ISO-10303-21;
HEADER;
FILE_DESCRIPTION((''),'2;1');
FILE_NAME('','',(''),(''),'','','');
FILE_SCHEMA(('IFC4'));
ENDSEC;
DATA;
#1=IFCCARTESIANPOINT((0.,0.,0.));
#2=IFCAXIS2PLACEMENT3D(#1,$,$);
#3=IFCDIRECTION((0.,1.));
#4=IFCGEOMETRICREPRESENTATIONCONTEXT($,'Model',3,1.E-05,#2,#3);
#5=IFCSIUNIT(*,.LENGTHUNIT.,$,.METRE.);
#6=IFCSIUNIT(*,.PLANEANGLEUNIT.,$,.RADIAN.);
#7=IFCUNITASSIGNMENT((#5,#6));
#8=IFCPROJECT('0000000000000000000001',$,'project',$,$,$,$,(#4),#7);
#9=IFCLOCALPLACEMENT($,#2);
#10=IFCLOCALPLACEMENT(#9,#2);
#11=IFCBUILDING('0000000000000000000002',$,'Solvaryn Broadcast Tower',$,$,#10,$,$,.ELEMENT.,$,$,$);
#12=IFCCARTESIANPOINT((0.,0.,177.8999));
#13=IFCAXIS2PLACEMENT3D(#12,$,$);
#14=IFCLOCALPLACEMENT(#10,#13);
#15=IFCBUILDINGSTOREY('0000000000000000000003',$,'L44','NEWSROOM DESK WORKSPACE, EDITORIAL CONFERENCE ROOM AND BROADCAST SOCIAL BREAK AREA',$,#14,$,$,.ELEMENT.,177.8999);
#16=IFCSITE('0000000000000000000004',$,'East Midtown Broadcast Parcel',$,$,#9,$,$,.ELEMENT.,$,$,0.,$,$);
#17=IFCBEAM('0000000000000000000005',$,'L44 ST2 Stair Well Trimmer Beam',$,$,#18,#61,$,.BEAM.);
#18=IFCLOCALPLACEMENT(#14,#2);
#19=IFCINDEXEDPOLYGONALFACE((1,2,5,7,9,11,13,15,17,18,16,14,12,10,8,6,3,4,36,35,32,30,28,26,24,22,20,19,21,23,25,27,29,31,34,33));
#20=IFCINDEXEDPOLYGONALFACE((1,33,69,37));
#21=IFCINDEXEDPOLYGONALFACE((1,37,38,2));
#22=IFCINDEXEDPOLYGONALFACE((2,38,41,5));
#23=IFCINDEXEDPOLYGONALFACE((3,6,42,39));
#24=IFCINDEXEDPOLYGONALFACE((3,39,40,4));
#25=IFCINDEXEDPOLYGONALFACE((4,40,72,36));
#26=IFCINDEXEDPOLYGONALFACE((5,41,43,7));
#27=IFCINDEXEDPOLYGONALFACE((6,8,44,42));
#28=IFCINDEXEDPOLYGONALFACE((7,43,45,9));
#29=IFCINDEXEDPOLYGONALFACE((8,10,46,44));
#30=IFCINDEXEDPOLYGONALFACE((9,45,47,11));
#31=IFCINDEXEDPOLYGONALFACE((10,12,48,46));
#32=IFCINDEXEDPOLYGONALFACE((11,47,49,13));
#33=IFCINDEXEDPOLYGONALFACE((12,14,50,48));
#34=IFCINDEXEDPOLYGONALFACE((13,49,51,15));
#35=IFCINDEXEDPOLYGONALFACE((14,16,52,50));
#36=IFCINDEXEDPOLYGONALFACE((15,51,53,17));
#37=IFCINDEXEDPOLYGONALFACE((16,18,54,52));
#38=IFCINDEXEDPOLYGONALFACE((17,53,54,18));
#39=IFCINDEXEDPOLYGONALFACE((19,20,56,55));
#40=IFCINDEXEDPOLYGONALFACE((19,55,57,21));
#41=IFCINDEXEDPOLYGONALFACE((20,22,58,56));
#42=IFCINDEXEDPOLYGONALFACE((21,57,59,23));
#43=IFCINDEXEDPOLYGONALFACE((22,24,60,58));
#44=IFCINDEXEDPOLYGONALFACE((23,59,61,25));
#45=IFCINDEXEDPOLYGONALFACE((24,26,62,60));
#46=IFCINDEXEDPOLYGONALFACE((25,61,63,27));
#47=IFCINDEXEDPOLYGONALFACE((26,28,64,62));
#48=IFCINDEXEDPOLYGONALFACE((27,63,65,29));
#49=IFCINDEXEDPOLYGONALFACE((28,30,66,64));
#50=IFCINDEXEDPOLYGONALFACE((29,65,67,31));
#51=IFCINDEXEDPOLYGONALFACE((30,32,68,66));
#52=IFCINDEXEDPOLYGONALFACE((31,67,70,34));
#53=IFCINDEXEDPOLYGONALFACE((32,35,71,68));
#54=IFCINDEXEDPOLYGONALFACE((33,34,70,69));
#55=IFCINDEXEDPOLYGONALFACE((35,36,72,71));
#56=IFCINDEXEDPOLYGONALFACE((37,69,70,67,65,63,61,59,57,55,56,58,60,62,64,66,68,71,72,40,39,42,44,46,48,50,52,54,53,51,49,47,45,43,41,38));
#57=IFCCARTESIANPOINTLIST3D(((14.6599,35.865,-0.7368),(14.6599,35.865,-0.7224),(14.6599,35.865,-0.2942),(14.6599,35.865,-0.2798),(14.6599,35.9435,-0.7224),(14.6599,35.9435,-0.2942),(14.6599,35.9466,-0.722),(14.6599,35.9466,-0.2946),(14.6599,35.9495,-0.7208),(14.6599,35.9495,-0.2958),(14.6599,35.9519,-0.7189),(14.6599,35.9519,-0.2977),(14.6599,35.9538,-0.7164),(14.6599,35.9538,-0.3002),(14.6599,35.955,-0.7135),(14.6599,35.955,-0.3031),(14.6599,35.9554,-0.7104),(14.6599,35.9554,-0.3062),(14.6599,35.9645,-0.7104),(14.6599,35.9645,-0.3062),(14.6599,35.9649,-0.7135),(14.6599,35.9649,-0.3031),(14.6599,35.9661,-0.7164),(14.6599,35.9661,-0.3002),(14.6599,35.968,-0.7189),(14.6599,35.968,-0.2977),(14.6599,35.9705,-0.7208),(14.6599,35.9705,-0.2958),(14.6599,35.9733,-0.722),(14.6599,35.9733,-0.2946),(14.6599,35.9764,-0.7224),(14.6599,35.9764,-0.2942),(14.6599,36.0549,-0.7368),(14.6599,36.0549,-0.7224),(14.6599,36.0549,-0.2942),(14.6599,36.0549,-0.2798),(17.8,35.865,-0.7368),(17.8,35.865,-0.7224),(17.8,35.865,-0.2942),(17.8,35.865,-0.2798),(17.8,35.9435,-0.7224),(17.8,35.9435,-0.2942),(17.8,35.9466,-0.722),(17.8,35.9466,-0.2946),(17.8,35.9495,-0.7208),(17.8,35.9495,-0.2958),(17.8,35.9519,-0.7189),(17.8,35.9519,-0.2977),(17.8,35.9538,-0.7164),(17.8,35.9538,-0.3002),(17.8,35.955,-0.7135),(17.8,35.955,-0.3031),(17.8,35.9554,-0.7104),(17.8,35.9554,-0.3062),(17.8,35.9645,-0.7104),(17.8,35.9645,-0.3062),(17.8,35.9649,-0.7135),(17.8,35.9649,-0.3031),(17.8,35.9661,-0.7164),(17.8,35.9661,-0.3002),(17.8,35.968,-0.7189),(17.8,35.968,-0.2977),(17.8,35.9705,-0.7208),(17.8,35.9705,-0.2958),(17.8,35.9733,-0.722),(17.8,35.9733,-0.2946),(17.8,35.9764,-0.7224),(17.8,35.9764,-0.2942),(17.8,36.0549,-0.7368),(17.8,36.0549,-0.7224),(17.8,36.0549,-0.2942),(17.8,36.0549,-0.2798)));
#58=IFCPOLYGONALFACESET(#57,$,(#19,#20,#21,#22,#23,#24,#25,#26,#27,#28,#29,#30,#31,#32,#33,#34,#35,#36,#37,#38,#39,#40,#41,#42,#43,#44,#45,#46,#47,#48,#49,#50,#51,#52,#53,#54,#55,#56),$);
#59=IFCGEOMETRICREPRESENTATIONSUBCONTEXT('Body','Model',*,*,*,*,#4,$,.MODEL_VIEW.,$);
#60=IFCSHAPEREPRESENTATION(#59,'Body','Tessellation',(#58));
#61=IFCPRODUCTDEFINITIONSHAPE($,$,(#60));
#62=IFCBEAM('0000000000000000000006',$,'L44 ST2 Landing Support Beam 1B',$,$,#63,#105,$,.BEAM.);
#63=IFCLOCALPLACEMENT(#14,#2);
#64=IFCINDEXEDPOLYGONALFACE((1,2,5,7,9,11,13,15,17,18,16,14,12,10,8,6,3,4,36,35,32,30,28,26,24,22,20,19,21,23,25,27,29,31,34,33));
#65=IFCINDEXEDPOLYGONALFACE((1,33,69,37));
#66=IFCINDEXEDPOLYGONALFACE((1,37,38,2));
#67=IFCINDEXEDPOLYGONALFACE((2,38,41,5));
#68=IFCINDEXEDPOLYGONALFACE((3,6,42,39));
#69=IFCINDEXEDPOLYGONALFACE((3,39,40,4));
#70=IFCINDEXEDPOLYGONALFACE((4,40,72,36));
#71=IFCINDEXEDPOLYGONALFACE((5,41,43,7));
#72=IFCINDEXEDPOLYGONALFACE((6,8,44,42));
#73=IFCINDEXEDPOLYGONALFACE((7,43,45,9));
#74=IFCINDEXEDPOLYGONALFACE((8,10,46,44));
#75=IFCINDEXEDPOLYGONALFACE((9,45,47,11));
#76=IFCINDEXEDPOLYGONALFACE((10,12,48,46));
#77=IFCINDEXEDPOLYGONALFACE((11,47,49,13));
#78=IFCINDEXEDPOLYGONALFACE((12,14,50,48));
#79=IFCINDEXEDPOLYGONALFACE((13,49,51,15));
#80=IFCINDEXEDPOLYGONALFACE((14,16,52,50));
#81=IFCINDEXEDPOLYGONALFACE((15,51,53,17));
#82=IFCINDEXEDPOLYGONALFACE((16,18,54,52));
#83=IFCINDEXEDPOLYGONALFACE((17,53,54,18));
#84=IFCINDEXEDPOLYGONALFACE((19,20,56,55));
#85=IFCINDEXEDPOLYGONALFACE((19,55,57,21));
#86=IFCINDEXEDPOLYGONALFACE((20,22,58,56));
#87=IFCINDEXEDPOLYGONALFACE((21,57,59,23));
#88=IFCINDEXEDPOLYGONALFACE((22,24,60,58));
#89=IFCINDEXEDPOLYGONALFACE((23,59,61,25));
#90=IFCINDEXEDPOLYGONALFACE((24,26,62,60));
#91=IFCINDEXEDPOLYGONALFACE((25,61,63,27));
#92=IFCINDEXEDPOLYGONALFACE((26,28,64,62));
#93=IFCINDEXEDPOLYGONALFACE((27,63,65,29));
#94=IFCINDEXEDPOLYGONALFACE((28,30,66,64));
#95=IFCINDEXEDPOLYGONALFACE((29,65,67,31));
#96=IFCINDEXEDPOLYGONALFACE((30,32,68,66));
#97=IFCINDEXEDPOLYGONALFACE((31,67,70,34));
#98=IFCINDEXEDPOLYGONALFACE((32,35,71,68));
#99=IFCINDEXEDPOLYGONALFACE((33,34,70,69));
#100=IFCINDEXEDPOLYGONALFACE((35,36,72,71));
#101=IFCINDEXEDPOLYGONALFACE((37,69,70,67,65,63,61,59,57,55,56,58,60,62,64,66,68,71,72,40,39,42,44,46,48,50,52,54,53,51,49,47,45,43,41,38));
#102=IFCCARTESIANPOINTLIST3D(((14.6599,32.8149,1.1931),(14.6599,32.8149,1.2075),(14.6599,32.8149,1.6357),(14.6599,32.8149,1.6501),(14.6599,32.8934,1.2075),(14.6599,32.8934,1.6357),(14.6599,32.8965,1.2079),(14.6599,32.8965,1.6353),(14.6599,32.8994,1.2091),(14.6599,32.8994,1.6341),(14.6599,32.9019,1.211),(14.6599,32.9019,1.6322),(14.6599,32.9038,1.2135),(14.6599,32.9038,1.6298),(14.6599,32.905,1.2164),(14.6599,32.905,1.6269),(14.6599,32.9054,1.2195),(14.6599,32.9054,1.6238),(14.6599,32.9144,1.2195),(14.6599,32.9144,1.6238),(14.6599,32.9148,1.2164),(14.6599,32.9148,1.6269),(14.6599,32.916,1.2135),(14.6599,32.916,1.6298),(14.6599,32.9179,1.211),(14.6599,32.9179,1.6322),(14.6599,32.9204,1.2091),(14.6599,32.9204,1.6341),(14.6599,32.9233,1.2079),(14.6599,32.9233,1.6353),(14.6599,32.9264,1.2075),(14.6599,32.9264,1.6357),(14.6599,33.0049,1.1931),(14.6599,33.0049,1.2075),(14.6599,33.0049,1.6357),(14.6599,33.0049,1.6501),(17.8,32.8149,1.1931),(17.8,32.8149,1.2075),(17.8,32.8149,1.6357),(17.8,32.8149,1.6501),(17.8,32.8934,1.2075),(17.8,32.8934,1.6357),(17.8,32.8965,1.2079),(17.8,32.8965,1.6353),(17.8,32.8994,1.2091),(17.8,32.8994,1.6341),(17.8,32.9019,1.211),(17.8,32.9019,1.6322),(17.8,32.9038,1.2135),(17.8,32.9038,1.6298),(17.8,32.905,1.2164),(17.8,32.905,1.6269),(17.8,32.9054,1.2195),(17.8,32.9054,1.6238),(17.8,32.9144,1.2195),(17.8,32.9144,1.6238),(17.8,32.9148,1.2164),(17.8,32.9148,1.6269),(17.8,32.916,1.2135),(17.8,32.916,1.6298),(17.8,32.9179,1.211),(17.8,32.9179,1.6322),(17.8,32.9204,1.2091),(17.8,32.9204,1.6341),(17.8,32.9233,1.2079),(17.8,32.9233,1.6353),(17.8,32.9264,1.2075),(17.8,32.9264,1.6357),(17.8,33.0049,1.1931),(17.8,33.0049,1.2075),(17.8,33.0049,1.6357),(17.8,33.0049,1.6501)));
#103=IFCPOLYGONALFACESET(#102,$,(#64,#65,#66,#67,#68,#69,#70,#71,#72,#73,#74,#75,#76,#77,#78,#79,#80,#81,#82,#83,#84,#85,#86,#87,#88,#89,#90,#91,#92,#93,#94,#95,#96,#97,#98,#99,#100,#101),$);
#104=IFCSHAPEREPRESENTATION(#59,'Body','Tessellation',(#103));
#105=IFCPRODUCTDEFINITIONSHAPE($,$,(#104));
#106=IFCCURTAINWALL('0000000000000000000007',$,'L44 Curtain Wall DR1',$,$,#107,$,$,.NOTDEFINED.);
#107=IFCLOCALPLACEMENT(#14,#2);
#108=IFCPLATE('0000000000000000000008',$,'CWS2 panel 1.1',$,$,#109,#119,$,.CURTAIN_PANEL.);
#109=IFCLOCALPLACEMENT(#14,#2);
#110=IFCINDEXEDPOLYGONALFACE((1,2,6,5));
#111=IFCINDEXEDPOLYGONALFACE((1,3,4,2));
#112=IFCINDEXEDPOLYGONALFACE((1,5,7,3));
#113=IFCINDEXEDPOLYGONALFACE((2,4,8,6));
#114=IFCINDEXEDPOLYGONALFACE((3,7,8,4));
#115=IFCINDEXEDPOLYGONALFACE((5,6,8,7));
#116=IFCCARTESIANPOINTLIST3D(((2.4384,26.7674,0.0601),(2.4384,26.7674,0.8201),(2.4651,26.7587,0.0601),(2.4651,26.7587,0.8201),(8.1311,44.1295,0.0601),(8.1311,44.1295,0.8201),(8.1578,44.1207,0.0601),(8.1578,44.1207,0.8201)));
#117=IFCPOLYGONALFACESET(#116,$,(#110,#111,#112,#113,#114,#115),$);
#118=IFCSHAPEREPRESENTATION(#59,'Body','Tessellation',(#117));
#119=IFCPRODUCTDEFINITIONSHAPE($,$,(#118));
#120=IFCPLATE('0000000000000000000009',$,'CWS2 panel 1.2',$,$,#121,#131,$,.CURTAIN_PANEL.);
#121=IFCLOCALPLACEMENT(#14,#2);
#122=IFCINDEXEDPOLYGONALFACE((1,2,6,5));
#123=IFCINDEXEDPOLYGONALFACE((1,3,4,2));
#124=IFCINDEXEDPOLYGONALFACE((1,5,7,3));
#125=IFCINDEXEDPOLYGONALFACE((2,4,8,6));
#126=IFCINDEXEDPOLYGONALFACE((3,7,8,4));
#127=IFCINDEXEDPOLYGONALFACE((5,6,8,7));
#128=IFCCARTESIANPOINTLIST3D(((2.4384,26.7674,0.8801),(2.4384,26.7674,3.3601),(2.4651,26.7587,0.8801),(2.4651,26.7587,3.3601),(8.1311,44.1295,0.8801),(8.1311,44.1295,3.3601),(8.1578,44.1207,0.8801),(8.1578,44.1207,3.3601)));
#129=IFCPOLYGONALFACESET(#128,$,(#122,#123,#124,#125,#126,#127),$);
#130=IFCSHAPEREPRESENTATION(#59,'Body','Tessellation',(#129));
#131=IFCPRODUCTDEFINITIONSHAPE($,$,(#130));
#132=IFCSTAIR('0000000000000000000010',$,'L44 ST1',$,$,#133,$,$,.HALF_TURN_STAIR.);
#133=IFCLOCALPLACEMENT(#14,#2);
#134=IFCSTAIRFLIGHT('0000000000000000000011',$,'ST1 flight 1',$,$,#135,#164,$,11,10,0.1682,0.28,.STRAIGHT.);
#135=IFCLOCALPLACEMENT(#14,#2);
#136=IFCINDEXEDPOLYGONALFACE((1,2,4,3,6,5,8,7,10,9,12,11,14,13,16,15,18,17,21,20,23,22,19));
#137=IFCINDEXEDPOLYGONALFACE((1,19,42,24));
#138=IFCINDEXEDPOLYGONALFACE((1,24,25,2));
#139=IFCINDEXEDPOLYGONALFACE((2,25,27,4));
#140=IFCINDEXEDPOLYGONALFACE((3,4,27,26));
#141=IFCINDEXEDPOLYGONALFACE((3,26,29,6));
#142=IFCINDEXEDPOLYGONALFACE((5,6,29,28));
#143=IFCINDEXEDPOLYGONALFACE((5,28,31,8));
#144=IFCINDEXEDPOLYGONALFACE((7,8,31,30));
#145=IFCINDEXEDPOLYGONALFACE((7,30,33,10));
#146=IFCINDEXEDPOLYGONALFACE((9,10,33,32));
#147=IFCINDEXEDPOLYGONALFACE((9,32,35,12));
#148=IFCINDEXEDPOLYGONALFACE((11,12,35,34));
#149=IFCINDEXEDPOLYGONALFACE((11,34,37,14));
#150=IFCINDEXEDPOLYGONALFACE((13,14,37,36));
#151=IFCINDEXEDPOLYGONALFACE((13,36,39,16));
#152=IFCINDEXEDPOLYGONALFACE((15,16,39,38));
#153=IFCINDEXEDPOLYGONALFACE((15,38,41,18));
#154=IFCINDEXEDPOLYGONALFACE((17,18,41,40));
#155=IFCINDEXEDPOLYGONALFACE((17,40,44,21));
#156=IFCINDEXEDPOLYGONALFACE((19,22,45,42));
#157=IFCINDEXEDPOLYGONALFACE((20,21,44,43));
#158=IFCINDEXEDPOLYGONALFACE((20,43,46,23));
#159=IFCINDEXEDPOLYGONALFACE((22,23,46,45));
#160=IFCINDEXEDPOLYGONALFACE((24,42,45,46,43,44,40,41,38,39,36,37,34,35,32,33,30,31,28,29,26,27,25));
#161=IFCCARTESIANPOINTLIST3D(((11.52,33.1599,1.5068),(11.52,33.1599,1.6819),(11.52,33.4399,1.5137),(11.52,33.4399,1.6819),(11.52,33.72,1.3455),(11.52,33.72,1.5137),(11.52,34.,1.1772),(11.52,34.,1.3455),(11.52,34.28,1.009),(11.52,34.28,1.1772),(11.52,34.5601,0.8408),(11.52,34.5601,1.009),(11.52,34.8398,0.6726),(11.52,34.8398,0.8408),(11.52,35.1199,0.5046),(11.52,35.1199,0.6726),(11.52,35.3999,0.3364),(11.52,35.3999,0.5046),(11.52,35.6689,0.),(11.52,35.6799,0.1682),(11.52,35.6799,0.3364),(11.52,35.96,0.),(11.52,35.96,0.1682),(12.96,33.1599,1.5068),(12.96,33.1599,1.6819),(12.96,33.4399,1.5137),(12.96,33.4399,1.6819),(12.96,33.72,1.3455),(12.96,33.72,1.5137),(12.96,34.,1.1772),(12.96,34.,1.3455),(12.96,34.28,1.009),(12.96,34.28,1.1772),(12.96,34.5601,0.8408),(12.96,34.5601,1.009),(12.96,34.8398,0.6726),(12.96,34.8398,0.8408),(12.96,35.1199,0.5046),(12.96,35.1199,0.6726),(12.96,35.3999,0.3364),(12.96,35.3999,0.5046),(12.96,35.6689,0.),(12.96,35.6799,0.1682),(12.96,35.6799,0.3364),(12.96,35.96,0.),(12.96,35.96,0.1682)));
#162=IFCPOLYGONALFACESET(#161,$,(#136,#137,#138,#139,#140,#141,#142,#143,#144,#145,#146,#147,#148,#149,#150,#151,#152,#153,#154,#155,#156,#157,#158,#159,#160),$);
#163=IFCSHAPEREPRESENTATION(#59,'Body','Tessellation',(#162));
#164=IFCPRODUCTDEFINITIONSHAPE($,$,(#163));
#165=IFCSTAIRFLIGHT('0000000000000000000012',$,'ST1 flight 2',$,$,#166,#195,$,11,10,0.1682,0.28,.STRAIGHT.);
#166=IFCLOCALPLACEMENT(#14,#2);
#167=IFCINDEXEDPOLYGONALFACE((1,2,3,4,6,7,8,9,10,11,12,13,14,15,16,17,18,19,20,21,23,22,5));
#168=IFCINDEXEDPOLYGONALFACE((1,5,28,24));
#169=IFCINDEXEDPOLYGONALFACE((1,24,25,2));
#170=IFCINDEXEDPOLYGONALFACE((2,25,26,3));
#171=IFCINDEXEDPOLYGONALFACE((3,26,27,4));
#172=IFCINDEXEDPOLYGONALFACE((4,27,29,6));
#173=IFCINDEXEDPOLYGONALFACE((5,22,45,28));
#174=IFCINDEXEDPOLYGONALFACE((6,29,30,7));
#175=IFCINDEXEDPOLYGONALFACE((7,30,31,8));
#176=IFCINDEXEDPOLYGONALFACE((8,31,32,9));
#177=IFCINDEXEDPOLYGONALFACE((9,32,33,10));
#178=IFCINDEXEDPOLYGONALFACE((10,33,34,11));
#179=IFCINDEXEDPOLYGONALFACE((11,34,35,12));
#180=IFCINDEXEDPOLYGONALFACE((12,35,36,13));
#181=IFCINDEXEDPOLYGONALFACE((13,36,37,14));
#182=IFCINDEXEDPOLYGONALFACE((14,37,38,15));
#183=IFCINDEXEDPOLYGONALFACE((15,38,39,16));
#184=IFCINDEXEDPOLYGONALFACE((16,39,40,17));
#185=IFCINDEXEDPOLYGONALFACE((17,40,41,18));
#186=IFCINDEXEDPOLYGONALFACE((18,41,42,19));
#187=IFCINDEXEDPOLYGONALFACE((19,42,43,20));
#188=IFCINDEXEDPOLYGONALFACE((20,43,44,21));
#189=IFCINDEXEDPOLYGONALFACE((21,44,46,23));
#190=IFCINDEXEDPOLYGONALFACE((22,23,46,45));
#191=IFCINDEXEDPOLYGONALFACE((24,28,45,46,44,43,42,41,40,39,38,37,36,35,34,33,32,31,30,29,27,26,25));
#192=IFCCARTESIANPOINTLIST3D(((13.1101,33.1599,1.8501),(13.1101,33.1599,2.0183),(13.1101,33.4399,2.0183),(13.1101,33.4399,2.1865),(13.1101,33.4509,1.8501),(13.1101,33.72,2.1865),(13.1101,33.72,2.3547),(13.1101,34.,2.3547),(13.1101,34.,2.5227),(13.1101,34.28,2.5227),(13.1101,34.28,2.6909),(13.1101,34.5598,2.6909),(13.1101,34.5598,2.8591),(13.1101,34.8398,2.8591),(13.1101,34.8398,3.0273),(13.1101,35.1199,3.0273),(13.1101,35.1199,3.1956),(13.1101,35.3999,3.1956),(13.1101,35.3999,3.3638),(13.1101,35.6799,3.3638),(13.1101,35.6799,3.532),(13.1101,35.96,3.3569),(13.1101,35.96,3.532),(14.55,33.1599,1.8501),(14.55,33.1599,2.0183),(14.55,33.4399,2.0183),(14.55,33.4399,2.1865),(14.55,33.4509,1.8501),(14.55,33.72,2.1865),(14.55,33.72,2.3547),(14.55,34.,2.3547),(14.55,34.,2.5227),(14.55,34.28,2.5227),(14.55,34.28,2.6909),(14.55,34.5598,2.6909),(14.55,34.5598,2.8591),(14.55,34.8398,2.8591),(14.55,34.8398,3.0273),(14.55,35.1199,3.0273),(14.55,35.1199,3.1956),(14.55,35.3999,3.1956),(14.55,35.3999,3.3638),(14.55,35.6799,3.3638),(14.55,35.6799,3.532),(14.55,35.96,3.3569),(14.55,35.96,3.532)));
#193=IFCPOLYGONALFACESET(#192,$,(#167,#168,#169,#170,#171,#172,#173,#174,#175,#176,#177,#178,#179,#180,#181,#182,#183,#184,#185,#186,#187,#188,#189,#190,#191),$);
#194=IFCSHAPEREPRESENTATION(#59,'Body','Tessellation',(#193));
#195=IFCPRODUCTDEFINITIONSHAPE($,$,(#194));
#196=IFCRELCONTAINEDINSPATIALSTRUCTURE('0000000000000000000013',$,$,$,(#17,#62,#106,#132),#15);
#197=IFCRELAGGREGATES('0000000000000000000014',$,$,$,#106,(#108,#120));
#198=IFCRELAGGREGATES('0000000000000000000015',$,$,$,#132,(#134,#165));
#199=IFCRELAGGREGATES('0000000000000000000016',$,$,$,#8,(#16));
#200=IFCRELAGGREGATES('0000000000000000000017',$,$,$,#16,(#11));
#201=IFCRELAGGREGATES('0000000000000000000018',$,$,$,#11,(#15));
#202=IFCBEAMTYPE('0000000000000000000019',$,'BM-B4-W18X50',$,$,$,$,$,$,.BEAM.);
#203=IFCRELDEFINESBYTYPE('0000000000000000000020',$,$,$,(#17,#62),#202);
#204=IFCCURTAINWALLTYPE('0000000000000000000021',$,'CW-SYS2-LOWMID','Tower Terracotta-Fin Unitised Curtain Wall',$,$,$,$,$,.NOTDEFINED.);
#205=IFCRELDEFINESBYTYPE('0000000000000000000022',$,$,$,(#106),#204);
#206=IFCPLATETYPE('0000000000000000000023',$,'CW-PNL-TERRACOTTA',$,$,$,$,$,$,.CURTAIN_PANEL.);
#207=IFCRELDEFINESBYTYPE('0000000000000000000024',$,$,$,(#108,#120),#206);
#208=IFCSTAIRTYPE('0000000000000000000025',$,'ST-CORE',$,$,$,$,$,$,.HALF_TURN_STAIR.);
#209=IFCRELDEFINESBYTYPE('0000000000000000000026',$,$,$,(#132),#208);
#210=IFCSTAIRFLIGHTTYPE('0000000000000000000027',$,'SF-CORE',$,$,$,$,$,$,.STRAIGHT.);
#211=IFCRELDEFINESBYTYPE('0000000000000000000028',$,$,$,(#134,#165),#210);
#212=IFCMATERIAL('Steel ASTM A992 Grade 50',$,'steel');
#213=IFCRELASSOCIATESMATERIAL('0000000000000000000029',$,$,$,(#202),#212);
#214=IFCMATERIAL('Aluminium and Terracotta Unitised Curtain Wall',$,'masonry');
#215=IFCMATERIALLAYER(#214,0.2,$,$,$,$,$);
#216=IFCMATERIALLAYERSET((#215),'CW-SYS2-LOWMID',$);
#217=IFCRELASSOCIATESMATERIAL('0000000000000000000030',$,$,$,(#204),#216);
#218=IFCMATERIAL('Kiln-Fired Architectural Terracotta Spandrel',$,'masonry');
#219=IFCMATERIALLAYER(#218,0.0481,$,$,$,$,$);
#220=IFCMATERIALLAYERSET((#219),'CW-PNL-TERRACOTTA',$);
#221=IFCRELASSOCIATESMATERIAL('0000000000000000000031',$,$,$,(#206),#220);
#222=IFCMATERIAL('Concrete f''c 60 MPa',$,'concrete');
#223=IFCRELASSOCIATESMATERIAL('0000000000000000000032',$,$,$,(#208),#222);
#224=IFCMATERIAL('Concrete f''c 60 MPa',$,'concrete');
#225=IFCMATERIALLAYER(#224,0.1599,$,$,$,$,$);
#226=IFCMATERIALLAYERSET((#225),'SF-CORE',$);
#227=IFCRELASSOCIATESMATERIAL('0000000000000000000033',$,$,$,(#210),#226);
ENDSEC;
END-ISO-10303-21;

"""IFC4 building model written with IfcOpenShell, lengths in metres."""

from ifc_helpers import new_model, si_unit, direction, frame, origin, origin_2d, place, context, subcontext, project, spatial, polyline, rectangle, i_section, outline, extrude, material, layer, layer_set, material_profile, profile_set, type_object, element, aggregate, save


model = new_model("IFC4")

# Units and contexts
model_context = context("Model", 3, precision=1e-05, world=origin(), true_north=direction((0.0, 1.0)))
body_context = subcontext(model_context, "Body", "Model", "MODEL_VIEW")
ifc_project = project(units=[si_unit("LENGTHUNIT", "METRE"), si_unit("PLANEANGLEUNIT", "RADIAN")], contexts=[model_context])

# Site, building, storey
site_placement = place(None, origin())
site = spatial("IfcSite", under=ifc_project, at=site_placement, Name="East Midtown Broadcast Parcel", CompositionType="ELEMENT", RefElevation=0.0)
building_placement = place(site_placement, origin())
building = spatial("IfcBuilding", under=site, at=building_placement, Name="Solvaryn Broadcast Tower", CompositionType="ELEMENT")
storey_placement = place(building_placement, frame((0.0, 0.0, 177.8999)))
storey = spatial("IfcBuildingStorey", under=building, at=storey_placement, Name="L44", Description="NEWSROOM DESK WORKSPACE, EDITORIAL CONFERENCE ROOM AND BROADCAST SOCIAL BREAK AREA", CompositionType="ELEMENT", Elevation=177.8999)

# Beams
ifc_material_1 = material(Name="Steel ASTM A992 Grade 50", Category="steel")
ifc_material_profile_1 = material_profile(ifc_material_1, i_section(OverallWidth=0.1899, OverallDepth=0.457, WebThickness=0.009, FlangeThickness=0.0144, FilletRadius=0.012, at=origin_2d()))
ifc_profile_set_1 = profile_set([ifc_material_profile_1], Name="Steel ASTM A992 Grade 50")
beam_type_1 = type_object("IfcBeamType", Name="BM-B4-W18X50", PredefinedType="BEAM", material=ifc_profile_set_1)
for number, where, z_axis, x_axis, name in (
    (1, (14.6599, 35.96, -0.5083), (1.0, 0.0, 0.0), (0.0, 1.0, 0.0), "L44 ST2 Stair Well Trimmer Beam"),
    (2, (14.6599, 32.9099, 1.4216), (1.0, 0.0, 0.0), (0.0, 1.0, 0.0), "L44 ST2 Landing Support Beam 1B"),
):
    element("IfcBeam", number, at=place(storey_placement, frame(where, z_axis=z_axis, x_axis=x_axis)), inside=storey, type_object=beam_type_1, Name=name, PredefinedType="BEAM", context=body_context, shape_type="SweptSolid", body=[
        extrude(i_section(OverallWidth=0.1899, OverallDepth=0.457, WebThickness=0.009, FlangeThickness=0.0144, FilletRadius=0.012, at=origin_2d()), origin(), (0.0, 0.0, 1.0), 3.1401),
    ])

# Curtain wall, plates
ifc_material_2 = material(Name="Aluminium and Terracotta Unitised Curtain Wall", Category="masonry")
ifc_layer_1 = layer(ifc_material_2, 0.2)
ifc_layer_set_1 = layer_set([ifc_layer_1], Name="CW-SYS2-LOWMID")
curtain_wall_type = type_object("IfcCurtainWallType", Name="CW-SYS2-LOWMID", Description="Tower Terracotta-Fin Unitised Curtain Wall", PredefinedType="NOTDEFINED", material=ifc_layer_set_1)
curtain_wall_placement = place(storey_placement, origin())
curtain_wall = element("IfcCurtainWall", 3, at=curtain_wall_placement, inside=storey, type_object=curtain_wall_type, Name="L44 Curtain Wall DR1", PredefinedType="NOTDEFINED")
ifc_material_3 = material(Name="Kiln-Fired Architectural Terracotta Spandrel", Category="masonry")
ifc_layer_2 = layer(ifc_material_3, 0.0481)
ifc_layer_set_2 = layer_set([ifc_layer_2], Name="CW-PNL-TERRACOTTA")
plate_type = type_object("IfcPlateType", Name="CW-PNL-TERRACOTTA", PredefinedType="CURTAIN_PANEL", material=ifc_layer_set_2)
plate_1_placement = place(storey_placement, frame((5.2981, 35.4441, 0.0601), z_axis=(0.0, 0.0, 1.0), x_axis=(-0.311559, -0.950227, 0.0)))
plate_1 = element("IfcPlate", 4, at=plate_1_placement, type_object=plate_type, Name="CWS2 panel 1.1", PredefinedType="CURTAIN_PANEL", context=body_context, shape_type="SweptSolid", body=[
    extrude(rectangle(XDim=18.2715, YDim=0.0281, at=origin_2d()), origin(), (0.0, 0.0, 1.0), 0.76),
])
plate_2_placement = place(storey_placement, frame((5.2981, 35.4441, 0.8801), z_axis=(0.0, 0.0, 1.0), x_axis=(-0.311559, -0.950227, 0.0)))
plate_2 = element("IfcPlate", 5, at=plate_2_placement, type_object=plate_type, Name="CWS2 panel 1.2", PredefinedType="CURTAIN_PANEL", context=body_context, shape_type="SweptSolid", body=[
    extrude(rectangle(XDim=18.2715, YDim=0.0281, at=origin_2d()), origin(), (0.0, 0.0, 1.0), 2.48),
])
aggregate(curtain_wall, [plate_1, plate_2])

# Stair, stair flights
ifc_material_4 = material(Name="Concrete f'c 60 MPa", Category="concrete")
stair_type = type_object("IfcStairType", Name="ST-CORE", PredefinedType="HALF_TURN_STAIR", material=ifc_material_4)
stair_1_placement = place(storey_placement, origin())
stair_1 = element("IfcStair", 6, at=stair_1_placement, inside=storey, type_object=stair_type, Name="L44 ST1", PredefinedType="HALF_TURN_STAIR")
ifc_material_5 = material(Name="Concrete f'c 60 MPa", Category="concrete")
ifc_layer_3 = layer(ifc_material_5, 0.1599)
ifc_layer_set_3 = layer_set([ifc_layer_3], Name="SF-CORE")
stair_flight_type = type_object("IfcStairFlightType", Name="SF-CORE", PredefinedType="STRAIGHT", material=ifc_layer_set_3)
stair_flight_1_placement = place(storey_placement, frame((12.24, 35.96, 0.0), z_axis=(0.0, 0.0, 1.0), x_axis=(0.0, -1.0, 0.0)))
stair_flight_1 = element("IfcStairFlight", 7, at=stair_flight_1_placement, type_object=stair_flight_type, Name="ST1 flight 1", NumberOfRisers=11, NumberOfTreads=10, PredefinedType="STRAIGHT", RiserHeight=0.1682, TreadLength=0.28, context=body_context, shape_type="SweptSolid", body=[
    extrude(outline(polyline([(0.0, 0.0), (0.0, 0.1682), (0.28, 0.1682), (0.28, 0.3364), (0.5601, 0.3364), (0.5601, 0.5046), (0.8401, 0.5046), (0.8401, 0.6726), (1.1201, 0.6726), (1.1201, 0.8408), (1.3999, 0.8408), (1.3999, 1.009), (1.6799, 1.009), (1.6799, 1.1772), (1.96, 1.1772), (1.96, 1.3455), (2.24, 1.3455), (2.24, 1.5137), (2.52, 1.5137), (2.52, 1.6819), (2.8, 1.6819), (2.8, 1.8501), (2.8, 1.5068), (0.291, 0.0), (0.0, 0.0)])), frame((0.0, 0.72, 0.0), z_axis=(0.0, -1.0, 0.0), x_axis=(1.0, 0.0, 0.0)), (0.0, 0.0, 1.0), 1.4399),
])
stair_flight_2_placement = place(storey_placement, frame((13.8301, 33.1599, 1.8501), z_axis=(0.0, 0.0, 1.0), x_axis=(0.0, 1.0, 0.0)))
stair_flight_2 = element("IfcStairFlight", 8, at=stair_flight_2_placement, type_object=stair_flight_type, Name="ST1 flight 2", NumberOfRisers=11, NumberOfTreads=10, PredefinedType="STRAIGHT", RiserHeight=0.1682, TreadLength=0.28, context=body_context, shape_type="SweptSolid", body=[
    extrude(outline(polyline([(0.0, 0.0), (0.0, 0.1682), (0.28, 0.1682), (0.28, 0.3364), (0.5601, 0.3364), (0.5601, 0.5046), (0.8401, 0.5046), (0.8401, 0.6726), (1.1201, 0.6726), (1.1201, 0.8408), (1.3999, 0.8408), (1.3999, 1.009), (1.6799, 1.009), (1.6799, 1.1772), (1.96, 1.1772), (1.96, 1.3455), (2.24, 1.3455), (2.24, 1.5137), (2.52, 1.5137), (2.52, 1.6819), (2.8, 1.6819), (2.8, 1.8501), (2.8, 1.5068), (0.291, 0.0), (0.0, 0.0)])), frame((0.0, 0.72, 0.0), z_axis=(0.0, -1.0, 0.0), x_axis=(1.0, 0.0, 0.0)), (0.0, 0.0, 1.0), 1.4399),
])
aggregate(stair_1, [stair_flight_1, stair_flight_2])

save(model, "model.ifc")
